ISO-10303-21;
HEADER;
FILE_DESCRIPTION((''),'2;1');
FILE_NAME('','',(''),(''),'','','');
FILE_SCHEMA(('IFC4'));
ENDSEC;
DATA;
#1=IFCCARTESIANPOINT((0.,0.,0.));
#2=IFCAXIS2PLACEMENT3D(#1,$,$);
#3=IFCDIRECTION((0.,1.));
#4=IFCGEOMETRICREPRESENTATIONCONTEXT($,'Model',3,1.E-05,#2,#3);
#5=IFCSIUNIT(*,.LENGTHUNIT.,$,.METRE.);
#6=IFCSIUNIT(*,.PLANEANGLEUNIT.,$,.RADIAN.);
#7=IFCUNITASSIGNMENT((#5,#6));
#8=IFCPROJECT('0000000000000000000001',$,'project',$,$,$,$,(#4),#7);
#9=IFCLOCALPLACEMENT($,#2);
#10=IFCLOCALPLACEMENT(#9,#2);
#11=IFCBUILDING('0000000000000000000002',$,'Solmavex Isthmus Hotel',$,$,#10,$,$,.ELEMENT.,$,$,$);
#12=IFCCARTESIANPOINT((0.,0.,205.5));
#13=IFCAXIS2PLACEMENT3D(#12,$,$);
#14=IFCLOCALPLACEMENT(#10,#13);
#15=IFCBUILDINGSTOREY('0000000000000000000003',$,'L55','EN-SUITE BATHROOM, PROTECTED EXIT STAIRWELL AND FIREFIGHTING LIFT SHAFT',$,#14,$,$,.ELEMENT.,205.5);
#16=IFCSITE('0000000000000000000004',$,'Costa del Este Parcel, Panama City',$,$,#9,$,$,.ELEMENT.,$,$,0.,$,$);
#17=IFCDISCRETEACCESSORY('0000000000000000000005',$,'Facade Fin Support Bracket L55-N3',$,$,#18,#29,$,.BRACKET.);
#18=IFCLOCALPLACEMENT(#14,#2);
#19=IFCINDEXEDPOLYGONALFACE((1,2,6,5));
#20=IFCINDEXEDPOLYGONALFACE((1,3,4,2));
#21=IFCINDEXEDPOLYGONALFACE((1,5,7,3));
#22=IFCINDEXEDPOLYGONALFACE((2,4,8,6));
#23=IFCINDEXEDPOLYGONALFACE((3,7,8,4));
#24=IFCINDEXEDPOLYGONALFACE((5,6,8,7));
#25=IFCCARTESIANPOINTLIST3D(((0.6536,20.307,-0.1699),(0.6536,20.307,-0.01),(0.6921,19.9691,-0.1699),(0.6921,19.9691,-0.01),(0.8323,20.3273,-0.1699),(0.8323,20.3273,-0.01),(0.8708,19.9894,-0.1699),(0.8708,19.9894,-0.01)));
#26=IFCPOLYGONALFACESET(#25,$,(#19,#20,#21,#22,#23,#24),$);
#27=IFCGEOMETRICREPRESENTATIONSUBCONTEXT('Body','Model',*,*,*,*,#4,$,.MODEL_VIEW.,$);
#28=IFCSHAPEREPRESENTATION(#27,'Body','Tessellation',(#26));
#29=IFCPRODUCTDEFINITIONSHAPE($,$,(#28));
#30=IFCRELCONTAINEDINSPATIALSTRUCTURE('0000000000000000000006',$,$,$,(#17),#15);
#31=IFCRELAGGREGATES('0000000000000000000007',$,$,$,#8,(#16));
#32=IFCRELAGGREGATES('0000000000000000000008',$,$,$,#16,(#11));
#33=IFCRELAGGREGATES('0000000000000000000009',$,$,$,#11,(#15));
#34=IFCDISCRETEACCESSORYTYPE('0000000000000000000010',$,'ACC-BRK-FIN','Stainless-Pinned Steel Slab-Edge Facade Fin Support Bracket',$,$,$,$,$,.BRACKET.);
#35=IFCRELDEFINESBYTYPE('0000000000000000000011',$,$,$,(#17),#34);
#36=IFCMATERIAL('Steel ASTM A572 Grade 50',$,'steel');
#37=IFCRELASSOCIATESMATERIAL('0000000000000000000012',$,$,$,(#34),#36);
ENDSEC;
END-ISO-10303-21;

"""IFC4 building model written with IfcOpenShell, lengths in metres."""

from ifc_helpers import new_model, si_unit, direction, frame, origin, origin_2d, place, context, subcontext, project, spatial, rectangle, extrude, material, type_object, element, save


model = new_model("IFC4")

# Units and contexts
model_context = context("Model", 3, precision=1e-05, world=origin(), true_north=direction((0.0, 1.0)))
body_context = subcontext(model_context, "Body", "Model", "MODEL_VIEW")
ifc_project = project(units=[si_unit("LENGTHUNIT", "METRE"), si_unit("PLANEANGLEUNIT", "RADIAN")], contexts=[model_context])

# Site, building, storey
site_placement = place(None, origin())
site = spatial("IfcSite", under=ifc_project, at=site_placement, Name="Costa del Este Parcel, Panama City", CompositionType="ELEMENT", RefElevation=0.0)
building_placement = place(site_placement, origin())
building = spatial("IfcBuilding", under=site, at=building_placement, Name="Solmavex Isthmus Hotel", CompositionType="ELEMENT")
storey_placement = place(building_placement, frame((0.0, 0.0, 205.5)))
storey = spatial("IfcBuildingStorey", under=building, at=storey_placement, Name="L55", Description="EN-SUITE BATHROOM, PROTECTED EXIT STAIRWELL AND FIREFIGHTING LIFT SHAFT", CompositionType="ELEMENT", Elevation=205.5)

# Discrete accessory
ifc_material_1 = material(Name="Steel ASTM A572 Grade 50", Category="steel")
discrete_accessory_type = type_object("IfcDiscreteAccessoryType", Name="ACC-BRK-FIN", Description="Stainless-Pinned Steel Slab-Edge Facade Fin Support Bracket", PredefinedType="BRACKET", material=ifc_material_1)
discrete_accessory_placement = place(storey_placement, frame((0.7622, 20.1482, -0.1699), z_axis=(0.0, 0.0, 1.0), x_axis=(-0.113203, 0.993572, 0.0)))
element("IfcDiscreteAccessory", 1, at=discrete_accessory_placement, inside=storey, type_object=discrete_accessory_type, Name="Facade Fin Support Bracket L55-N3", PredefinedType="BRACKET", context=body_context, shape_type="SweptSolid", body=[
    extrude(rectangle(XDim=0.3401, YDim=0.1799, at=origin_2d()), origin(), (0.0, 0.0, 1.0), 0.1599),
])

save(model, "model.ifc")
